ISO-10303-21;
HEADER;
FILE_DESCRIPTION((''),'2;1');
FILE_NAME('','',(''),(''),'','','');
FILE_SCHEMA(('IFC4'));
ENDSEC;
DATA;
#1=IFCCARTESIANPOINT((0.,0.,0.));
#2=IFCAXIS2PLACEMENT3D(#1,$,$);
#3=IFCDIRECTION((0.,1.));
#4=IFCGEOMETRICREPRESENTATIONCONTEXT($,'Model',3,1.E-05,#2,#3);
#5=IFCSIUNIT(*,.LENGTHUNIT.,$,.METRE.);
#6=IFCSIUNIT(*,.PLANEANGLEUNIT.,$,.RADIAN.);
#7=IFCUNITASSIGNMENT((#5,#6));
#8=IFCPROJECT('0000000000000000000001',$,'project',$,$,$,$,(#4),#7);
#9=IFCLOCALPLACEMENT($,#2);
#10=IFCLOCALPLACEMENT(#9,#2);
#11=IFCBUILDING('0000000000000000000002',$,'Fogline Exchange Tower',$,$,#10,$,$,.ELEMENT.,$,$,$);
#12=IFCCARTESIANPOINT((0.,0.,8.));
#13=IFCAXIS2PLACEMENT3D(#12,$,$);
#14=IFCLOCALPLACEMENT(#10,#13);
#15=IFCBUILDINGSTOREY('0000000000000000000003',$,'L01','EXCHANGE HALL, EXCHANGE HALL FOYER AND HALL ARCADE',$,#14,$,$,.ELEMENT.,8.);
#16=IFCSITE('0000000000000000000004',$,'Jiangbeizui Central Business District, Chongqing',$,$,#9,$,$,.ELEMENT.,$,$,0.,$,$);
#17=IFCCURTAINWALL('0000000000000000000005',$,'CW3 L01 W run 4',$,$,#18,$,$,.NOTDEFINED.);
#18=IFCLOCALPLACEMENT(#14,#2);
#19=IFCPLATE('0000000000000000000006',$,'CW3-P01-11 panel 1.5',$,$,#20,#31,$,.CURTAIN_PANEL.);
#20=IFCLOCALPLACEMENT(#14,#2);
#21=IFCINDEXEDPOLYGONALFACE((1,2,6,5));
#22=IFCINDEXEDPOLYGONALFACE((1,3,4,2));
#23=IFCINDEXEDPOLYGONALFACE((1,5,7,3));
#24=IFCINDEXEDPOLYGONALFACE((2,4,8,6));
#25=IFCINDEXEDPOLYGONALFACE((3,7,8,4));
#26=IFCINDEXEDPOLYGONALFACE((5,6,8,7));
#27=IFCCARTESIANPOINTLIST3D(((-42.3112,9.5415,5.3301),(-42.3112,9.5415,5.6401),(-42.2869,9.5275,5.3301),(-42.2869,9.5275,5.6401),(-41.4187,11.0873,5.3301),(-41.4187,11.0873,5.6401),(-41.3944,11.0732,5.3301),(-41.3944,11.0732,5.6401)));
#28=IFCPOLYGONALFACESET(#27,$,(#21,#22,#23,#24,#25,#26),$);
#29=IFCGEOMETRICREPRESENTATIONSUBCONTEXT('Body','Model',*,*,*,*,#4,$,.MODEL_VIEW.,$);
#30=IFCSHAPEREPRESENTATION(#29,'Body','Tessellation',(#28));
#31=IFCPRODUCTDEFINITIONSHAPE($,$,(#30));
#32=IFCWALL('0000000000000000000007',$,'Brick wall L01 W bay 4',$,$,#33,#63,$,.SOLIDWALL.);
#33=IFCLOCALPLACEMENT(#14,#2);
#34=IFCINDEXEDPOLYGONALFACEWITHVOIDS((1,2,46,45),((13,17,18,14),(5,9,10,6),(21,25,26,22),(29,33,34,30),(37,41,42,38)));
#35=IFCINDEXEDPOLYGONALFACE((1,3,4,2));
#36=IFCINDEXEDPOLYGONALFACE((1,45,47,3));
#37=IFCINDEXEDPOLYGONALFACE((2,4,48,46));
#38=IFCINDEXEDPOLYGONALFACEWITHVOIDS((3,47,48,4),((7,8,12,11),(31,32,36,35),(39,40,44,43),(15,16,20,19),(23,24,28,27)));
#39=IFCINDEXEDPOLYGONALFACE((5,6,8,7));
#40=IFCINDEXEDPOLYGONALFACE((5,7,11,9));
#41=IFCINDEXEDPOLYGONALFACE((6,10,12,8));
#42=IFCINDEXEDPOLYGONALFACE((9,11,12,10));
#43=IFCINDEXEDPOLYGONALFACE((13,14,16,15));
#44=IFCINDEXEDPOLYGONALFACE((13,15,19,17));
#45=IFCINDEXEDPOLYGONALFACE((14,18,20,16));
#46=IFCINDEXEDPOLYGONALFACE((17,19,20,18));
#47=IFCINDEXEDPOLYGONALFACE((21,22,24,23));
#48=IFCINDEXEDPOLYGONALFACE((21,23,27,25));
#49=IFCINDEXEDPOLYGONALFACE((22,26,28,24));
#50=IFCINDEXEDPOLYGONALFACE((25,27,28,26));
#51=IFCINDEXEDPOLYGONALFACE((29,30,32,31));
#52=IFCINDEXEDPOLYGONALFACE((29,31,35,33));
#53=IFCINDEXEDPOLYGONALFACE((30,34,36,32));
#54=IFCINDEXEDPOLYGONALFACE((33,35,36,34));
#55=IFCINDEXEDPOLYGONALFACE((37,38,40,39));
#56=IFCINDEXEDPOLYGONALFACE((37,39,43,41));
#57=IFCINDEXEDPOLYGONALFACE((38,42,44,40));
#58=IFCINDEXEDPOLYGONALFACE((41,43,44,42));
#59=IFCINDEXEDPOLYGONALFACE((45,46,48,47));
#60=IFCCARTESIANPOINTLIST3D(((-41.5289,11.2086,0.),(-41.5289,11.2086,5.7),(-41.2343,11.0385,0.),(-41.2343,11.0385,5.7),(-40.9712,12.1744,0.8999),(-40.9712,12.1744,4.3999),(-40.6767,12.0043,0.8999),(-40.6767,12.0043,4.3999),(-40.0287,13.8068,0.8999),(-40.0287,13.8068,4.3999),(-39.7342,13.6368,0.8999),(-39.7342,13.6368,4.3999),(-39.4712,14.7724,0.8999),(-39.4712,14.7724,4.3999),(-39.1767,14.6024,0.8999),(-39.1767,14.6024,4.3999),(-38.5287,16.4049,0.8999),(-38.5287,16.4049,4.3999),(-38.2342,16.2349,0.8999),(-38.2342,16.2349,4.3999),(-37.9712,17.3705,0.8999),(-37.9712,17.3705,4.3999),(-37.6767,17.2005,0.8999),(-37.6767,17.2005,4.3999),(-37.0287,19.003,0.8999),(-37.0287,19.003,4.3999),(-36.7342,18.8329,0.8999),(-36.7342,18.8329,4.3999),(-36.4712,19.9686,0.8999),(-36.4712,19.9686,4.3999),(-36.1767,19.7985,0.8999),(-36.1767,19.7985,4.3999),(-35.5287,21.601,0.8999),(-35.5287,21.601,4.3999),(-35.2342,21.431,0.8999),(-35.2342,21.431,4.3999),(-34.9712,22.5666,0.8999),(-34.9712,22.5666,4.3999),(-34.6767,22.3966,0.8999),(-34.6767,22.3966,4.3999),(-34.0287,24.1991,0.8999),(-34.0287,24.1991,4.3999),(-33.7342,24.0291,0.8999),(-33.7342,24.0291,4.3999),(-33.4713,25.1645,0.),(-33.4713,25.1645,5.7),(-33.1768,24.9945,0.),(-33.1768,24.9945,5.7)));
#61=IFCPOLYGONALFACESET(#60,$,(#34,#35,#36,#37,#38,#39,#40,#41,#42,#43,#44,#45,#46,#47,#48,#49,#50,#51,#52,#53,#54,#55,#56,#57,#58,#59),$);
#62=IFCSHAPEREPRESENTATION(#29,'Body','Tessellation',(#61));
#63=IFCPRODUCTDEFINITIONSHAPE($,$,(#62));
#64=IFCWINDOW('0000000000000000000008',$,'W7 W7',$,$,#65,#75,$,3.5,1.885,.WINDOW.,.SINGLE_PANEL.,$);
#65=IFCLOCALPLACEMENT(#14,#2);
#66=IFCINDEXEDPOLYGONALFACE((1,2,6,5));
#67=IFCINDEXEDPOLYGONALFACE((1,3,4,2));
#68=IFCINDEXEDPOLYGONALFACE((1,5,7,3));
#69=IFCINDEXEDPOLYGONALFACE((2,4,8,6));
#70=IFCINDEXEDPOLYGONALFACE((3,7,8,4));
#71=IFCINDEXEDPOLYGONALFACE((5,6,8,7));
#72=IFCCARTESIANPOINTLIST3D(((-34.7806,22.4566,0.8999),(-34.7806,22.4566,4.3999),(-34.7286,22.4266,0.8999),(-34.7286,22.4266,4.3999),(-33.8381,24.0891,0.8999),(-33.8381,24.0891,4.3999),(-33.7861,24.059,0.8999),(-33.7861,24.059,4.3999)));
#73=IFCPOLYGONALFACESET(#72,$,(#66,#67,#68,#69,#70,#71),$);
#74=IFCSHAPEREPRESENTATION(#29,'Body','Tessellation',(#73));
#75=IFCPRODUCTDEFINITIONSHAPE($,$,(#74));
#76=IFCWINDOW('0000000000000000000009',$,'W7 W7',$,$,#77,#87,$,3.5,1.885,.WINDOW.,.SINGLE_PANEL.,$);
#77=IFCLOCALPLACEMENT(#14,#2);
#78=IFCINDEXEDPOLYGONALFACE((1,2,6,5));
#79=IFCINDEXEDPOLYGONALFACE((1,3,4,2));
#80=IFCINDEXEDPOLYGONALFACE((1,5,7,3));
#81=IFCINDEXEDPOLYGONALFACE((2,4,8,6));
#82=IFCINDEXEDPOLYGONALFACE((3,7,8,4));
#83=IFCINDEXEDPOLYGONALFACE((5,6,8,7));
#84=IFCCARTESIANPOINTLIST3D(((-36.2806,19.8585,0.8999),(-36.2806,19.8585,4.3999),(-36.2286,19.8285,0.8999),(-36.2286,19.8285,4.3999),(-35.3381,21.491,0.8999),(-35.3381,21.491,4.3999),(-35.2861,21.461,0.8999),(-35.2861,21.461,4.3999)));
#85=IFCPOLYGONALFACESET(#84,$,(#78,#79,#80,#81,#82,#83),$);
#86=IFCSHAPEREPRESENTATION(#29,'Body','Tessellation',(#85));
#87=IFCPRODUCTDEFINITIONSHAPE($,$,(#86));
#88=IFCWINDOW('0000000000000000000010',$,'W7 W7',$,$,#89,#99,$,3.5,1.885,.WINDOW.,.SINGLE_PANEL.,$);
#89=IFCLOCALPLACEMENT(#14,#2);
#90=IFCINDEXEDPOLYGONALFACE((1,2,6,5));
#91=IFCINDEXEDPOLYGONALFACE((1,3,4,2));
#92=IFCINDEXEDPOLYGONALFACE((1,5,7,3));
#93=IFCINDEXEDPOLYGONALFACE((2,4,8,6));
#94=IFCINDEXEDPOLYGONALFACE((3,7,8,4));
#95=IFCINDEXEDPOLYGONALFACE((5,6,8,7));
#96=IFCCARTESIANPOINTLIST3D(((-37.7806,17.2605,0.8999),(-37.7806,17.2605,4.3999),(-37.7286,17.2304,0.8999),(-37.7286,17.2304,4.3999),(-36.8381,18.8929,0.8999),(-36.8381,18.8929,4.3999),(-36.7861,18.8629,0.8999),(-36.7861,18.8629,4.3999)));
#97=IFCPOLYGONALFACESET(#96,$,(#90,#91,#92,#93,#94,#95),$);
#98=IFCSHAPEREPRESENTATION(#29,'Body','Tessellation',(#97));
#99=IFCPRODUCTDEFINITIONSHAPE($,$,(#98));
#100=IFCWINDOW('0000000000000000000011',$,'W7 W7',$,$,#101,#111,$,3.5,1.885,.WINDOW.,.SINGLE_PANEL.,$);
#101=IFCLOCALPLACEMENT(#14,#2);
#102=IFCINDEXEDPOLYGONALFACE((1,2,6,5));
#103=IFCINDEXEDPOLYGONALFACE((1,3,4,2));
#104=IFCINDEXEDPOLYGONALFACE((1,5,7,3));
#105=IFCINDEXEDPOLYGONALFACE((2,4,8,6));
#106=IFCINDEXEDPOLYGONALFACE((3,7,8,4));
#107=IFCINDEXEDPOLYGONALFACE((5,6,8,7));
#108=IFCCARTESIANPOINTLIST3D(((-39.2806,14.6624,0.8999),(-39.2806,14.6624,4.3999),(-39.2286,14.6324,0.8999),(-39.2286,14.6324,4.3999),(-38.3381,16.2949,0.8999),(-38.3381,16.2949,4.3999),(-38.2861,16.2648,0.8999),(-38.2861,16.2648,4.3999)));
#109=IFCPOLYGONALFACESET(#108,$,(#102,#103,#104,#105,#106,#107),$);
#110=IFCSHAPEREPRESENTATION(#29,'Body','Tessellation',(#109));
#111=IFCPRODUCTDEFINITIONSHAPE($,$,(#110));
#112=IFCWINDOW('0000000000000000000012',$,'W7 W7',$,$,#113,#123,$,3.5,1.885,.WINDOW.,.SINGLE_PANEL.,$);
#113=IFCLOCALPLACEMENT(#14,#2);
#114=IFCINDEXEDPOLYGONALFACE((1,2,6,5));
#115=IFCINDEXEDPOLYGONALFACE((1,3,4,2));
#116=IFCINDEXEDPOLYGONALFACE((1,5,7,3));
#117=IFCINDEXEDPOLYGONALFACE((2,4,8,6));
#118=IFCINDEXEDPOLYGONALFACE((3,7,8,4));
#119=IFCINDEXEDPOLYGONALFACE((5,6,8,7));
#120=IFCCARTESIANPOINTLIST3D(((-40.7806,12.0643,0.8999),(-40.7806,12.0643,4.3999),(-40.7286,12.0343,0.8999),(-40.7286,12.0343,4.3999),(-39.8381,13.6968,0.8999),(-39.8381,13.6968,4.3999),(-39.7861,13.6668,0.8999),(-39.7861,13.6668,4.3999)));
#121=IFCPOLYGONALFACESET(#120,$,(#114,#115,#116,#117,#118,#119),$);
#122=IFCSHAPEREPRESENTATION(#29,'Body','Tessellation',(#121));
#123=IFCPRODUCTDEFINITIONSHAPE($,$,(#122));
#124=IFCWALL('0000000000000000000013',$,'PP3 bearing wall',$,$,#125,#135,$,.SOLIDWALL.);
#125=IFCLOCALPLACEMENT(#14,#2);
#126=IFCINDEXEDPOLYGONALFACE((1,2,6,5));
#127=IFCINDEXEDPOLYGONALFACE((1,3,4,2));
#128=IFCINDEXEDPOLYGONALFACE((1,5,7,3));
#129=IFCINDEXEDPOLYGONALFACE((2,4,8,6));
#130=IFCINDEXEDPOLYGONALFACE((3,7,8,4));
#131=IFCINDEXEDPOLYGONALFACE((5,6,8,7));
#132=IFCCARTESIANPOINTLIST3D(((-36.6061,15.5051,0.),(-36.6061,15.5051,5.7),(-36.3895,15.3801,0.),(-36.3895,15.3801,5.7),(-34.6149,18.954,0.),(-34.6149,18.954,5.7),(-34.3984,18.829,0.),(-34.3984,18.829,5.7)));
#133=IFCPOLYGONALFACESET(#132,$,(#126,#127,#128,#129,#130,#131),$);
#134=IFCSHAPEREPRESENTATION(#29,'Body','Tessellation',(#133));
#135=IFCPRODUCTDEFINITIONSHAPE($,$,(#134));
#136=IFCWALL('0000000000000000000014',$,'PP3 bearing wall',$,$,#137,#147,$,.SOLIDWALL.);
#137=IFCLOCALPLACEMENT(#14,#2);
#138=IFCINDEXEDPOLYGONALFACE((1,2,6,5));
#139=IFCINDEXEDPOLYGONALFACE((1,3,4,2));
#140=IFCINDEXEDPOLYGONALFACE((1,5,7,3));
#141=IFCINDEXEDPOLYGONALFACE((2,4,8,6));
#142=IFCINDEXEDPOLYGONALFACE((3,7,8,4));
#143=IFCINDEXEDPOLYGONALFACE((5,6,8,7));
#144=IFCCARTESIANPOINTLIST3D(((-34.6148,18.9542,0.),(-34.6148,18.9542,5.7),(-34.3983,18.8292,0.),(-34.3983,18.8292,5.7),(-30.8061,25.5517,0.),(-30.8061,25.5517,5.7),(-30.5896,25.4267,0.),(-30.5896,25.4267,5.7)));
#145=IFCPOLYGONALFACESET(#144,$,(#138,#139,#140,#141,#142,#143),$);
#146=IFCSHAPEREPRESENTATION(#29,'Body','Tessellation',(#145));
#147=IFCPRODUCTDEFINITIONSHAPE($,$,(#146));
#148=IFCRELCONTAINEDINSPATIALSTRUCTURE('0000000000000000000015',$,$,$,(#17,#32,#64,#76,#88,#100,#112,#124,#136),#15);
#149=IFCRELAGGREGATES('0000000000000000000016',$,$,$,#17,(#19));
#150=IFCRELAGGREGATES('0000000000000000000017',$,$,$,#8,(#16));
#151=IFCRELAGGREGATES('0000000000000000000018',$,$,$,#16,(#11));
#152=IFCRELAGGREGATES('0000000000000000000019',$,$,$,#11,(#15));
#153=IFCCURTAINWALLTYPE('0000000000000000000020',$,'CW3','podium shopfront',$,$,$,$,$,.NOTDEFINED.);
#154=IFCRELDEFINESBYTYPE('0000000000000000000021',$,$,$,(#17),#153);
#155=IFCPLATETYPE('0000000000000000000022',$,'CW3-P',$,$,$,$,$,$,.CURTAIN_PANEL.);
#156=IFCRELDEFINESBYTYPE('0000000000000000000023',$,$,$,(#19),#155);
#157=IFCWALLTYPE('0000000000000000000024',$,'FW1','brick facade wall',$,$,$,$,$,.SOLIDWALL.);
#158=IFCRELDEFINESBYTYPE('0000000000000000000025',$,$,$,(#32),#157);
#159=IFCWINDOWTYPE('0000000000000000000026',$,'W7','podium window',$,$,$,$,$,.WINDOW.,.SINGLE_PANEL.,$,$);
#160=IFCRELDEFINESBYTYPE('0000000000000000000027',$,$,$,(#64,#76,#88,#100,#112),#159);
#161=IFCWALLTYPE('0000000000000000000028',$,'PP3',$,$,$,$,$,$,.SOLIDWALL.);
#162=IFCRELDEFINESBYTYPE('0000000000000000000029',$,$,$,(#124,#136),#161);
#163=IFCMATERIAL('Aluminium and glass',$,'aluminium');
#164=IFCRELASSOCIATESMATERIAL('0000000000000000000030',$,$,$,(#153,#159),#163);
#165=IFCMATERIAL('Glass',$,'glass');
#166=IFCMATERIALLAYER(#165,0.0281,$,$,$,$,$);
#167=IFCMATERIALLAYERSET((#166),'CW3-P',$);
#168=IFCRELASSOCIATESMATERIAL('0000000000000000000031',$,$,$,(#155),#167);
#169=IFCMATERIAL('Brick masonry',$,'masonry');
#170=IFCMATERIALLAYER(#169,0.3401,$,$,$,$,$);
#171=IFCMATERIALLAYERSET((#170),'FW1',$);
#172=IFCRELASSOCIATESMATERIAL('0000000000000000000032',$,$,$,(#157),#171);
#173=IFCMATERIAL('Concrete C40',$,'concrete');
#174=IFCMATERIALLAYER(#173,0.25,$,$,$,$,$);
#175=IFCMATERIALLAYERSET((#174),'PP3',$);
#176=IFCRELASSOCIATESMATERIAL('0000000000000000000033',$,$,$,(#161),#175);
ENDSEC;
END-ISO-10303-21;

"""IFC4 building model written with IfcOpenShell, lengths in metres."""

from ifc_helpers import new_model, si_unit, direction, frame, frame_2d, origin, origin_2d, place, context, subcontext, project, spatial, rectangle, extrude, material, layer, layer_set, type_object, element, fill, aggregate, save


model = new_model("IFC4")

# Units and contexts
model_context = context("Model", 3, precision=1e-05, world=origin(), true_north=direction((0.0, 1.0)))
body_context = subcontext(model_context, "Body", "Model", "MODEL_VIEW")
ifc_project = project(units=[si_unit("LENGTHUNIT", "METRE"), si_unit("PLANEANGLEUNIT", "RADIAN")], contexts=[model_context])

# Site, building, storey
site_placement = place(None, origin())
site = spatial("IfcSite", under=ifc_project, at=site_placement, Name="Jiangbeizui Central Business District, Chongqing", CompositionType="ELEMENT", RefElevation=0.0)
building_placement = place(site_placement, origin())
building = spatial("IfcBuilding", under=site, at=building_placement, Name="Fogline Exchange Tower", CompositionType="ELEMENT")
storey_placement = place(building_placement, frame((0.0, 0.0, 8.0)))
storey = spatial("IfcBuildingStorey", under=building, at=storey_placement, Name="L01", Description="EXCHANGE HALL, EXCHANGE HALL FOYER AND HALL ARCADE", CompositionType="ELEMENT", Elevation=8.0)

# Shared definitions
ifc_material_1 = material(Name="Concrete C40", Category="concrete")

# Shared definitions
ifc_material_2 = material(Name="Aluminium and glass", Category="aluminium")
curtain_wall_type = type_object("IfcCurtainWallType", Name="CW3", Description="podium shopfront", PredefinedType="NOTDEFINED", material=ifc_material_2)

# Curtain wall
curtain_wall_1_placement = place(storey_placement, origin())
curtain_wall_1 = element("IfcCurtainWall", 1, at=curtain_wall_1_placement, inside=storey, type_object=curtain_wall_type, Name="CW3 L01 W run 4", PredefinedType="NOTDEFINED")

# Plate
ifc_material_3 = material(Name="Glass", Category="glass")
ifc_layer_1 = layer(ifc_material_3, 0.0281)
ifc_layer_set_1 = layer_set([ifc_layer_1], Name="CW3-P")
plate_type = type_object("IfcPlateType", Name="CW3-P", PredefinedType="CURTAIN_PANEL", material=ifc_layer_set_1)
plate_1_placement = place(storey_placement, frame((-41.8528, 10.3074, 5.3301), z_axis=(0.0, 0.0, 1.0), x_axis=(-0.500002, -0.866024, 0.0)))
plate_1 = element("IfcPlate", 2, at=plate_1_placement, type_object=plate_type, Name="CW3-P01-11 panel 1.5", PredefinedType="CURTAIN_PANEL", context=body_context, shape_type="SweptSolid", body=[
    extrude(rectangle(XDim=1.7849, YDim=0.0281, at=origin_2d()), origin(), (0.0, 0.0, 1.0), 0.3101),
])
aggregate(curtain_wall_1, [plate_1])

# Wall, openings, windows
ifc_material_4 = material(Name="Brick masonry", Category="masonry")
ifc_layer_2 = layer(ifc_material_4, 0.3401)
ifc_layer_set_2 = layer_set([ifc_layer_2], Name="FW1")
wall_type_1 = type_object("IfcWallType", Name="FW1", Description="brick facade wall", PredefinedType="SOLIDWALL", material=ifc_layer_set_2)
wall_1_placement = place(storey_placement, frame((-33.324, 25.0796, 0.0), z_axis=(0.0, 0.0, 1.0), x_axis=(-0.500004, -0.866023, 0.0)))
wall_1 = element("IfcWall", 3, at=wall_1_placement, inside=storey, type_object=wall_type_1, Name="Brick wall L01 W bay 4", PredefinedType="SOLIDWALL", context=body_context, shape_type="SweptSolid", body=[
    extrude(rectangle(XDim=16.115, YDim=0.3401, at=frame_2d((8.0576, 0.0))), origin(), (0.0, 0.0, 1.0), 5.7),
])
opening_1_placement = place(wall_1_placement, frame((1.115, 0.0, 0.8999)))
opening_1 = element("IfcOpeningElement", 4, at=opening_1_placement, cuts=wall_1, PredefinedType="OPENING", context=body_context, shape_type="SweptSolid", body=[
    extrude(rectangle(XDim=1.885, YDim=3.5, at=frame_2d((0.9424, 1.75))), frame((0.0, 0.1802, 0.0), z_axis=(0.0, -1.0, 0.0), x_axis=(1.0, 0.0, 0.0)), (0.0, 0.0, 1.0), 0.3601),
])
opening_2_placement = place(wall_1_placement, frame((4.115, 0.0, 0.8999)))
opening_2 = element("IfcOpeningElement", 5, at=opening_2_placement, cuts=wall_1, PredefinedType="OPENING", context=body_context, shape_type="SweptSolid", body=[
    extrude(rectangle(XDim=1.885, YDim=3.5, at=frame_2d((0.9424, 1.75))), frame((0.0, 0.1802, 0.0), z_axis=(0.0, -1.0, 0.0), x_axis=(1.0, 0.0, 0.0)), (0.0, 0.0, 1.0), 0.3601),
])
opening_3_placement = place(wall_1_placement, frame((7.115, 0.0, 0.8999)))
opening_3 = element("IfcOpeningElement", 6, at=opening_3_placement, cuts=wall_1, PredefinedType="OPENING", context=body_context, shape_type="SweptSolid", body=[
    extrude(rectangle(XDim=1.885, YDim=3.5, at=frame_2d((0.9424, 1.75))), frame((0.0, 0.1802, 0.0), z_axis=(0.0, -1.0, 0.0), x_axis=(1.0, 0.0, 0.0)), (0.0, 0.0, 1.0), 0.3601),
])
opening_4_placement = place(wall_1_placement, frame((10.115, 0.0, 0.8999)))
opening_4 = element("IfcOpeningElement", 7, at=opening_4_placement, cuts=wall_1, PredefinedType="OPENING", context=body_context, shape_type="SweptSolid", body=[
    extrude(rectangle(XDim=1.885, YDim=3.5, at=frame_2d((0.9424, 1.75))), frame((0.0, 0.1802, 0.0), z_axis=(0.0, -1.0, 0.0), x_axis=(1.0, 0.0, 0.0)), (0.0, 0.0, 1.0), 0.3601),
])
opening_5_placement = place(wall_1_placement, frame((13.115, 0.0, 0.8999)))
opening_5 = element("IfcOpeningElement", 8, at=opening_5_placement, cuts=wall_1, PredefinedType="OPENING", context=body_context, shape_type="SweptSolid", body=[
    extrude(rectangle(XDim=1.885, YDim=3.5, at=frame_2d((0.9424, 1.75))), frame((0.0, 0.1802, 0.0), z_axis=(0.0, -1.0, 0.0), x_axis=(1.0, 0.0, 0.0)), (0.0, 0.0, 1.0), 0.3601),
])
window_type = type_object("IfcWindowType", Name="W7", Description="podium window", PartitioningType="SINGLE_PANEL", PredefinedType="WINDOW", material=ifc_material_2)
window_1_placement = place(opening_1_placement, origin())
window_1 = element("IfcWindow", 9, at=window_1_placement, inside=storey, type_object=window_type, Name="W7 W7", OverallHeight=3.5, OverallWidth=1.885, PartitioningType="SINGLE_PANEL", PredefinedType="WINDOW", context=body_context, shape_type="SweptSolid", body=[
    extrude(rectangle(XDim=1.885, YDim=3.5, at=frame_2d((0.9424, 1.75))), frame((0.0, 0.1101, 0.0), z_axis=(0.0, -1.0, 0.0), x_axis=(1.0, 0.0, 0.0)), (0.0, 0.0, 1.0), 0.0601),
])
fill(opening_1, window_1)
window_2_placement = place(opening_2_placement, origin())
window_2 = element("IfcWindow", 10, at=window_2_placement, inside=storey, type_object=window_type, Name="W7 W7", OverallHeight=3.5, OverallWidth=1.885, PartitioningType="SINGLE_PANEL", PredefinedType="WINDOW", context=body_context, shape_type="SweptSolid", body=[
    extrude(rectangle(XDim=1.885, YDim=3.5, at=frame_2d((0.9424, 1.75))), frame((0.0, 0.1101, 0.0), z_axis=(0.0, -1.0, 0.0), x_axis=(1.0, 0.0, 0.0)), (0.0, 0.0, 1.0), 0.0601),
])
fill(opening_2, window_2)
window_3_placement = place(opening_3_placement, origin())
window_3 = element("IfcWindow", 11, at=window_3_placement, inside=storey, type_object=window_type, Name="W7 W7", OverallHeight=3.5, OverallWidth=1.885, PartitioningType="SINGLE_PANEL", PredefinedType="WINDOW", context=body_context, shape_type="SweptSolid", body=[
    extrude(rectangle(XDim=1.885, YDim=3.5, at=frame_2d((0.9424, 1.75))), frame((0.0, 0.1101, 0.0), z_axis=(0.0, -1.0, 0.0), x_axis=(1.0, 0.0, 0.0)), (0.0, 0.0, 1.0), 0.0601),
])
fill(opening_3, window_3)
window_4_placement = place(opening_4_placement, origin())
window_4 = element("IfcWindow", 12, at=window_4_placement, inside=storey, type_object=window_type, Name="W7 W7", OverallHeight=3.5, OverallWidth=1.885, PartitioningType="SINGLE_PANEL", PredefinedType="WINDOW", context=body_context, shape_type="SweptSolid", body=[
    extrude(rectangle(XDim=1.885, YDim=3.5, at=frame_2d((0.9424, 1.75))), frame((0.0, 0.1101, 0.0), z_axis=(0.0, -1.0, 0.0), x_axis=(1.0, 0.0, 0.0)), (0.0, 0.0, 1.0), 0.0601),
])
fill(opening_4, window_4)
window_5_placement = place(opening_5_placement, origin())
window_5 = element("IfcWindow", 13, at=window_5_placement, inside=storey, type_object=window_type, Name="W7 W7", OverallHeight=3.5, OverallWidth=1.885, PartitioningType="SINGLE_PANEL", PredefinedType="WINDOW", context=body_context, shape_type="SweptSolid", body=[
    extrude(rectangle(XDim=1.885, YDim=3.5, at=frame_2d((0.9424, 1.75))), frame((0.0, 0.1101, 0.0), z_axis=(0.0, -1.0, 0.0), x_axis=(1.0, 0.0, 0.0)), (0.0, 0.0, 1.0), 0.0601),
])
fill(opening_5, window_5)

# Walls
ifc_layer_3 = layer(ifc_material_1, 0.25)
ifc_layer_set_3 = layer_set([ifc_layer_3], Name="PP3")
wall_type_2 = type_object("IfcWallType", Name="PP3", PredefinedType="SOLIDWALL", material=ifc_layer_set_3)
wall_2_placement = place(storey_placement, frame((-36.4978, 15.4426, 0.0), z_axis=(0.0, 0.0, 1.0), x_axis=(0.49999, 0.866031, 0.0)))
element("IfcWall", 14, at=wall_2_placement, inside=storey, type_object=wall_type_2, Name="PP3 bearing wall", PredefinedType="SOLIDWALL", context=body_context, shape_type="SweptSolid", body=[
    extrude(rectangle(XDim=3.9824, YDim=0.25, at=frame_2d((1.9912, 0.0))), origin(), (0.0, 0.0, 1.0), 5.7),
])
wall_3_placement = place(storey_placement, frame((-34.5066, 18.8916, 0.0), z_axis=(0.0, 0.0, 1.0), x_axis=(0.499958, 0.866049, 0.0)))
element("IfcWall", 15, at=wall_3_placement, inside=storey, type_object=wall_type_2, Name="PP3 bearing wall", PredefinedType="SOLIDWALL", context=body_context, shape_type="SweptSolid", body=[
    extrude(rectangle(XDim=7.6179, YDim=0.25, at=frame_2d((3.8091, 0.0))), origin(), (0.0, 0.0, 1.0), 5.7),
])

save(model, "model.ifc")
